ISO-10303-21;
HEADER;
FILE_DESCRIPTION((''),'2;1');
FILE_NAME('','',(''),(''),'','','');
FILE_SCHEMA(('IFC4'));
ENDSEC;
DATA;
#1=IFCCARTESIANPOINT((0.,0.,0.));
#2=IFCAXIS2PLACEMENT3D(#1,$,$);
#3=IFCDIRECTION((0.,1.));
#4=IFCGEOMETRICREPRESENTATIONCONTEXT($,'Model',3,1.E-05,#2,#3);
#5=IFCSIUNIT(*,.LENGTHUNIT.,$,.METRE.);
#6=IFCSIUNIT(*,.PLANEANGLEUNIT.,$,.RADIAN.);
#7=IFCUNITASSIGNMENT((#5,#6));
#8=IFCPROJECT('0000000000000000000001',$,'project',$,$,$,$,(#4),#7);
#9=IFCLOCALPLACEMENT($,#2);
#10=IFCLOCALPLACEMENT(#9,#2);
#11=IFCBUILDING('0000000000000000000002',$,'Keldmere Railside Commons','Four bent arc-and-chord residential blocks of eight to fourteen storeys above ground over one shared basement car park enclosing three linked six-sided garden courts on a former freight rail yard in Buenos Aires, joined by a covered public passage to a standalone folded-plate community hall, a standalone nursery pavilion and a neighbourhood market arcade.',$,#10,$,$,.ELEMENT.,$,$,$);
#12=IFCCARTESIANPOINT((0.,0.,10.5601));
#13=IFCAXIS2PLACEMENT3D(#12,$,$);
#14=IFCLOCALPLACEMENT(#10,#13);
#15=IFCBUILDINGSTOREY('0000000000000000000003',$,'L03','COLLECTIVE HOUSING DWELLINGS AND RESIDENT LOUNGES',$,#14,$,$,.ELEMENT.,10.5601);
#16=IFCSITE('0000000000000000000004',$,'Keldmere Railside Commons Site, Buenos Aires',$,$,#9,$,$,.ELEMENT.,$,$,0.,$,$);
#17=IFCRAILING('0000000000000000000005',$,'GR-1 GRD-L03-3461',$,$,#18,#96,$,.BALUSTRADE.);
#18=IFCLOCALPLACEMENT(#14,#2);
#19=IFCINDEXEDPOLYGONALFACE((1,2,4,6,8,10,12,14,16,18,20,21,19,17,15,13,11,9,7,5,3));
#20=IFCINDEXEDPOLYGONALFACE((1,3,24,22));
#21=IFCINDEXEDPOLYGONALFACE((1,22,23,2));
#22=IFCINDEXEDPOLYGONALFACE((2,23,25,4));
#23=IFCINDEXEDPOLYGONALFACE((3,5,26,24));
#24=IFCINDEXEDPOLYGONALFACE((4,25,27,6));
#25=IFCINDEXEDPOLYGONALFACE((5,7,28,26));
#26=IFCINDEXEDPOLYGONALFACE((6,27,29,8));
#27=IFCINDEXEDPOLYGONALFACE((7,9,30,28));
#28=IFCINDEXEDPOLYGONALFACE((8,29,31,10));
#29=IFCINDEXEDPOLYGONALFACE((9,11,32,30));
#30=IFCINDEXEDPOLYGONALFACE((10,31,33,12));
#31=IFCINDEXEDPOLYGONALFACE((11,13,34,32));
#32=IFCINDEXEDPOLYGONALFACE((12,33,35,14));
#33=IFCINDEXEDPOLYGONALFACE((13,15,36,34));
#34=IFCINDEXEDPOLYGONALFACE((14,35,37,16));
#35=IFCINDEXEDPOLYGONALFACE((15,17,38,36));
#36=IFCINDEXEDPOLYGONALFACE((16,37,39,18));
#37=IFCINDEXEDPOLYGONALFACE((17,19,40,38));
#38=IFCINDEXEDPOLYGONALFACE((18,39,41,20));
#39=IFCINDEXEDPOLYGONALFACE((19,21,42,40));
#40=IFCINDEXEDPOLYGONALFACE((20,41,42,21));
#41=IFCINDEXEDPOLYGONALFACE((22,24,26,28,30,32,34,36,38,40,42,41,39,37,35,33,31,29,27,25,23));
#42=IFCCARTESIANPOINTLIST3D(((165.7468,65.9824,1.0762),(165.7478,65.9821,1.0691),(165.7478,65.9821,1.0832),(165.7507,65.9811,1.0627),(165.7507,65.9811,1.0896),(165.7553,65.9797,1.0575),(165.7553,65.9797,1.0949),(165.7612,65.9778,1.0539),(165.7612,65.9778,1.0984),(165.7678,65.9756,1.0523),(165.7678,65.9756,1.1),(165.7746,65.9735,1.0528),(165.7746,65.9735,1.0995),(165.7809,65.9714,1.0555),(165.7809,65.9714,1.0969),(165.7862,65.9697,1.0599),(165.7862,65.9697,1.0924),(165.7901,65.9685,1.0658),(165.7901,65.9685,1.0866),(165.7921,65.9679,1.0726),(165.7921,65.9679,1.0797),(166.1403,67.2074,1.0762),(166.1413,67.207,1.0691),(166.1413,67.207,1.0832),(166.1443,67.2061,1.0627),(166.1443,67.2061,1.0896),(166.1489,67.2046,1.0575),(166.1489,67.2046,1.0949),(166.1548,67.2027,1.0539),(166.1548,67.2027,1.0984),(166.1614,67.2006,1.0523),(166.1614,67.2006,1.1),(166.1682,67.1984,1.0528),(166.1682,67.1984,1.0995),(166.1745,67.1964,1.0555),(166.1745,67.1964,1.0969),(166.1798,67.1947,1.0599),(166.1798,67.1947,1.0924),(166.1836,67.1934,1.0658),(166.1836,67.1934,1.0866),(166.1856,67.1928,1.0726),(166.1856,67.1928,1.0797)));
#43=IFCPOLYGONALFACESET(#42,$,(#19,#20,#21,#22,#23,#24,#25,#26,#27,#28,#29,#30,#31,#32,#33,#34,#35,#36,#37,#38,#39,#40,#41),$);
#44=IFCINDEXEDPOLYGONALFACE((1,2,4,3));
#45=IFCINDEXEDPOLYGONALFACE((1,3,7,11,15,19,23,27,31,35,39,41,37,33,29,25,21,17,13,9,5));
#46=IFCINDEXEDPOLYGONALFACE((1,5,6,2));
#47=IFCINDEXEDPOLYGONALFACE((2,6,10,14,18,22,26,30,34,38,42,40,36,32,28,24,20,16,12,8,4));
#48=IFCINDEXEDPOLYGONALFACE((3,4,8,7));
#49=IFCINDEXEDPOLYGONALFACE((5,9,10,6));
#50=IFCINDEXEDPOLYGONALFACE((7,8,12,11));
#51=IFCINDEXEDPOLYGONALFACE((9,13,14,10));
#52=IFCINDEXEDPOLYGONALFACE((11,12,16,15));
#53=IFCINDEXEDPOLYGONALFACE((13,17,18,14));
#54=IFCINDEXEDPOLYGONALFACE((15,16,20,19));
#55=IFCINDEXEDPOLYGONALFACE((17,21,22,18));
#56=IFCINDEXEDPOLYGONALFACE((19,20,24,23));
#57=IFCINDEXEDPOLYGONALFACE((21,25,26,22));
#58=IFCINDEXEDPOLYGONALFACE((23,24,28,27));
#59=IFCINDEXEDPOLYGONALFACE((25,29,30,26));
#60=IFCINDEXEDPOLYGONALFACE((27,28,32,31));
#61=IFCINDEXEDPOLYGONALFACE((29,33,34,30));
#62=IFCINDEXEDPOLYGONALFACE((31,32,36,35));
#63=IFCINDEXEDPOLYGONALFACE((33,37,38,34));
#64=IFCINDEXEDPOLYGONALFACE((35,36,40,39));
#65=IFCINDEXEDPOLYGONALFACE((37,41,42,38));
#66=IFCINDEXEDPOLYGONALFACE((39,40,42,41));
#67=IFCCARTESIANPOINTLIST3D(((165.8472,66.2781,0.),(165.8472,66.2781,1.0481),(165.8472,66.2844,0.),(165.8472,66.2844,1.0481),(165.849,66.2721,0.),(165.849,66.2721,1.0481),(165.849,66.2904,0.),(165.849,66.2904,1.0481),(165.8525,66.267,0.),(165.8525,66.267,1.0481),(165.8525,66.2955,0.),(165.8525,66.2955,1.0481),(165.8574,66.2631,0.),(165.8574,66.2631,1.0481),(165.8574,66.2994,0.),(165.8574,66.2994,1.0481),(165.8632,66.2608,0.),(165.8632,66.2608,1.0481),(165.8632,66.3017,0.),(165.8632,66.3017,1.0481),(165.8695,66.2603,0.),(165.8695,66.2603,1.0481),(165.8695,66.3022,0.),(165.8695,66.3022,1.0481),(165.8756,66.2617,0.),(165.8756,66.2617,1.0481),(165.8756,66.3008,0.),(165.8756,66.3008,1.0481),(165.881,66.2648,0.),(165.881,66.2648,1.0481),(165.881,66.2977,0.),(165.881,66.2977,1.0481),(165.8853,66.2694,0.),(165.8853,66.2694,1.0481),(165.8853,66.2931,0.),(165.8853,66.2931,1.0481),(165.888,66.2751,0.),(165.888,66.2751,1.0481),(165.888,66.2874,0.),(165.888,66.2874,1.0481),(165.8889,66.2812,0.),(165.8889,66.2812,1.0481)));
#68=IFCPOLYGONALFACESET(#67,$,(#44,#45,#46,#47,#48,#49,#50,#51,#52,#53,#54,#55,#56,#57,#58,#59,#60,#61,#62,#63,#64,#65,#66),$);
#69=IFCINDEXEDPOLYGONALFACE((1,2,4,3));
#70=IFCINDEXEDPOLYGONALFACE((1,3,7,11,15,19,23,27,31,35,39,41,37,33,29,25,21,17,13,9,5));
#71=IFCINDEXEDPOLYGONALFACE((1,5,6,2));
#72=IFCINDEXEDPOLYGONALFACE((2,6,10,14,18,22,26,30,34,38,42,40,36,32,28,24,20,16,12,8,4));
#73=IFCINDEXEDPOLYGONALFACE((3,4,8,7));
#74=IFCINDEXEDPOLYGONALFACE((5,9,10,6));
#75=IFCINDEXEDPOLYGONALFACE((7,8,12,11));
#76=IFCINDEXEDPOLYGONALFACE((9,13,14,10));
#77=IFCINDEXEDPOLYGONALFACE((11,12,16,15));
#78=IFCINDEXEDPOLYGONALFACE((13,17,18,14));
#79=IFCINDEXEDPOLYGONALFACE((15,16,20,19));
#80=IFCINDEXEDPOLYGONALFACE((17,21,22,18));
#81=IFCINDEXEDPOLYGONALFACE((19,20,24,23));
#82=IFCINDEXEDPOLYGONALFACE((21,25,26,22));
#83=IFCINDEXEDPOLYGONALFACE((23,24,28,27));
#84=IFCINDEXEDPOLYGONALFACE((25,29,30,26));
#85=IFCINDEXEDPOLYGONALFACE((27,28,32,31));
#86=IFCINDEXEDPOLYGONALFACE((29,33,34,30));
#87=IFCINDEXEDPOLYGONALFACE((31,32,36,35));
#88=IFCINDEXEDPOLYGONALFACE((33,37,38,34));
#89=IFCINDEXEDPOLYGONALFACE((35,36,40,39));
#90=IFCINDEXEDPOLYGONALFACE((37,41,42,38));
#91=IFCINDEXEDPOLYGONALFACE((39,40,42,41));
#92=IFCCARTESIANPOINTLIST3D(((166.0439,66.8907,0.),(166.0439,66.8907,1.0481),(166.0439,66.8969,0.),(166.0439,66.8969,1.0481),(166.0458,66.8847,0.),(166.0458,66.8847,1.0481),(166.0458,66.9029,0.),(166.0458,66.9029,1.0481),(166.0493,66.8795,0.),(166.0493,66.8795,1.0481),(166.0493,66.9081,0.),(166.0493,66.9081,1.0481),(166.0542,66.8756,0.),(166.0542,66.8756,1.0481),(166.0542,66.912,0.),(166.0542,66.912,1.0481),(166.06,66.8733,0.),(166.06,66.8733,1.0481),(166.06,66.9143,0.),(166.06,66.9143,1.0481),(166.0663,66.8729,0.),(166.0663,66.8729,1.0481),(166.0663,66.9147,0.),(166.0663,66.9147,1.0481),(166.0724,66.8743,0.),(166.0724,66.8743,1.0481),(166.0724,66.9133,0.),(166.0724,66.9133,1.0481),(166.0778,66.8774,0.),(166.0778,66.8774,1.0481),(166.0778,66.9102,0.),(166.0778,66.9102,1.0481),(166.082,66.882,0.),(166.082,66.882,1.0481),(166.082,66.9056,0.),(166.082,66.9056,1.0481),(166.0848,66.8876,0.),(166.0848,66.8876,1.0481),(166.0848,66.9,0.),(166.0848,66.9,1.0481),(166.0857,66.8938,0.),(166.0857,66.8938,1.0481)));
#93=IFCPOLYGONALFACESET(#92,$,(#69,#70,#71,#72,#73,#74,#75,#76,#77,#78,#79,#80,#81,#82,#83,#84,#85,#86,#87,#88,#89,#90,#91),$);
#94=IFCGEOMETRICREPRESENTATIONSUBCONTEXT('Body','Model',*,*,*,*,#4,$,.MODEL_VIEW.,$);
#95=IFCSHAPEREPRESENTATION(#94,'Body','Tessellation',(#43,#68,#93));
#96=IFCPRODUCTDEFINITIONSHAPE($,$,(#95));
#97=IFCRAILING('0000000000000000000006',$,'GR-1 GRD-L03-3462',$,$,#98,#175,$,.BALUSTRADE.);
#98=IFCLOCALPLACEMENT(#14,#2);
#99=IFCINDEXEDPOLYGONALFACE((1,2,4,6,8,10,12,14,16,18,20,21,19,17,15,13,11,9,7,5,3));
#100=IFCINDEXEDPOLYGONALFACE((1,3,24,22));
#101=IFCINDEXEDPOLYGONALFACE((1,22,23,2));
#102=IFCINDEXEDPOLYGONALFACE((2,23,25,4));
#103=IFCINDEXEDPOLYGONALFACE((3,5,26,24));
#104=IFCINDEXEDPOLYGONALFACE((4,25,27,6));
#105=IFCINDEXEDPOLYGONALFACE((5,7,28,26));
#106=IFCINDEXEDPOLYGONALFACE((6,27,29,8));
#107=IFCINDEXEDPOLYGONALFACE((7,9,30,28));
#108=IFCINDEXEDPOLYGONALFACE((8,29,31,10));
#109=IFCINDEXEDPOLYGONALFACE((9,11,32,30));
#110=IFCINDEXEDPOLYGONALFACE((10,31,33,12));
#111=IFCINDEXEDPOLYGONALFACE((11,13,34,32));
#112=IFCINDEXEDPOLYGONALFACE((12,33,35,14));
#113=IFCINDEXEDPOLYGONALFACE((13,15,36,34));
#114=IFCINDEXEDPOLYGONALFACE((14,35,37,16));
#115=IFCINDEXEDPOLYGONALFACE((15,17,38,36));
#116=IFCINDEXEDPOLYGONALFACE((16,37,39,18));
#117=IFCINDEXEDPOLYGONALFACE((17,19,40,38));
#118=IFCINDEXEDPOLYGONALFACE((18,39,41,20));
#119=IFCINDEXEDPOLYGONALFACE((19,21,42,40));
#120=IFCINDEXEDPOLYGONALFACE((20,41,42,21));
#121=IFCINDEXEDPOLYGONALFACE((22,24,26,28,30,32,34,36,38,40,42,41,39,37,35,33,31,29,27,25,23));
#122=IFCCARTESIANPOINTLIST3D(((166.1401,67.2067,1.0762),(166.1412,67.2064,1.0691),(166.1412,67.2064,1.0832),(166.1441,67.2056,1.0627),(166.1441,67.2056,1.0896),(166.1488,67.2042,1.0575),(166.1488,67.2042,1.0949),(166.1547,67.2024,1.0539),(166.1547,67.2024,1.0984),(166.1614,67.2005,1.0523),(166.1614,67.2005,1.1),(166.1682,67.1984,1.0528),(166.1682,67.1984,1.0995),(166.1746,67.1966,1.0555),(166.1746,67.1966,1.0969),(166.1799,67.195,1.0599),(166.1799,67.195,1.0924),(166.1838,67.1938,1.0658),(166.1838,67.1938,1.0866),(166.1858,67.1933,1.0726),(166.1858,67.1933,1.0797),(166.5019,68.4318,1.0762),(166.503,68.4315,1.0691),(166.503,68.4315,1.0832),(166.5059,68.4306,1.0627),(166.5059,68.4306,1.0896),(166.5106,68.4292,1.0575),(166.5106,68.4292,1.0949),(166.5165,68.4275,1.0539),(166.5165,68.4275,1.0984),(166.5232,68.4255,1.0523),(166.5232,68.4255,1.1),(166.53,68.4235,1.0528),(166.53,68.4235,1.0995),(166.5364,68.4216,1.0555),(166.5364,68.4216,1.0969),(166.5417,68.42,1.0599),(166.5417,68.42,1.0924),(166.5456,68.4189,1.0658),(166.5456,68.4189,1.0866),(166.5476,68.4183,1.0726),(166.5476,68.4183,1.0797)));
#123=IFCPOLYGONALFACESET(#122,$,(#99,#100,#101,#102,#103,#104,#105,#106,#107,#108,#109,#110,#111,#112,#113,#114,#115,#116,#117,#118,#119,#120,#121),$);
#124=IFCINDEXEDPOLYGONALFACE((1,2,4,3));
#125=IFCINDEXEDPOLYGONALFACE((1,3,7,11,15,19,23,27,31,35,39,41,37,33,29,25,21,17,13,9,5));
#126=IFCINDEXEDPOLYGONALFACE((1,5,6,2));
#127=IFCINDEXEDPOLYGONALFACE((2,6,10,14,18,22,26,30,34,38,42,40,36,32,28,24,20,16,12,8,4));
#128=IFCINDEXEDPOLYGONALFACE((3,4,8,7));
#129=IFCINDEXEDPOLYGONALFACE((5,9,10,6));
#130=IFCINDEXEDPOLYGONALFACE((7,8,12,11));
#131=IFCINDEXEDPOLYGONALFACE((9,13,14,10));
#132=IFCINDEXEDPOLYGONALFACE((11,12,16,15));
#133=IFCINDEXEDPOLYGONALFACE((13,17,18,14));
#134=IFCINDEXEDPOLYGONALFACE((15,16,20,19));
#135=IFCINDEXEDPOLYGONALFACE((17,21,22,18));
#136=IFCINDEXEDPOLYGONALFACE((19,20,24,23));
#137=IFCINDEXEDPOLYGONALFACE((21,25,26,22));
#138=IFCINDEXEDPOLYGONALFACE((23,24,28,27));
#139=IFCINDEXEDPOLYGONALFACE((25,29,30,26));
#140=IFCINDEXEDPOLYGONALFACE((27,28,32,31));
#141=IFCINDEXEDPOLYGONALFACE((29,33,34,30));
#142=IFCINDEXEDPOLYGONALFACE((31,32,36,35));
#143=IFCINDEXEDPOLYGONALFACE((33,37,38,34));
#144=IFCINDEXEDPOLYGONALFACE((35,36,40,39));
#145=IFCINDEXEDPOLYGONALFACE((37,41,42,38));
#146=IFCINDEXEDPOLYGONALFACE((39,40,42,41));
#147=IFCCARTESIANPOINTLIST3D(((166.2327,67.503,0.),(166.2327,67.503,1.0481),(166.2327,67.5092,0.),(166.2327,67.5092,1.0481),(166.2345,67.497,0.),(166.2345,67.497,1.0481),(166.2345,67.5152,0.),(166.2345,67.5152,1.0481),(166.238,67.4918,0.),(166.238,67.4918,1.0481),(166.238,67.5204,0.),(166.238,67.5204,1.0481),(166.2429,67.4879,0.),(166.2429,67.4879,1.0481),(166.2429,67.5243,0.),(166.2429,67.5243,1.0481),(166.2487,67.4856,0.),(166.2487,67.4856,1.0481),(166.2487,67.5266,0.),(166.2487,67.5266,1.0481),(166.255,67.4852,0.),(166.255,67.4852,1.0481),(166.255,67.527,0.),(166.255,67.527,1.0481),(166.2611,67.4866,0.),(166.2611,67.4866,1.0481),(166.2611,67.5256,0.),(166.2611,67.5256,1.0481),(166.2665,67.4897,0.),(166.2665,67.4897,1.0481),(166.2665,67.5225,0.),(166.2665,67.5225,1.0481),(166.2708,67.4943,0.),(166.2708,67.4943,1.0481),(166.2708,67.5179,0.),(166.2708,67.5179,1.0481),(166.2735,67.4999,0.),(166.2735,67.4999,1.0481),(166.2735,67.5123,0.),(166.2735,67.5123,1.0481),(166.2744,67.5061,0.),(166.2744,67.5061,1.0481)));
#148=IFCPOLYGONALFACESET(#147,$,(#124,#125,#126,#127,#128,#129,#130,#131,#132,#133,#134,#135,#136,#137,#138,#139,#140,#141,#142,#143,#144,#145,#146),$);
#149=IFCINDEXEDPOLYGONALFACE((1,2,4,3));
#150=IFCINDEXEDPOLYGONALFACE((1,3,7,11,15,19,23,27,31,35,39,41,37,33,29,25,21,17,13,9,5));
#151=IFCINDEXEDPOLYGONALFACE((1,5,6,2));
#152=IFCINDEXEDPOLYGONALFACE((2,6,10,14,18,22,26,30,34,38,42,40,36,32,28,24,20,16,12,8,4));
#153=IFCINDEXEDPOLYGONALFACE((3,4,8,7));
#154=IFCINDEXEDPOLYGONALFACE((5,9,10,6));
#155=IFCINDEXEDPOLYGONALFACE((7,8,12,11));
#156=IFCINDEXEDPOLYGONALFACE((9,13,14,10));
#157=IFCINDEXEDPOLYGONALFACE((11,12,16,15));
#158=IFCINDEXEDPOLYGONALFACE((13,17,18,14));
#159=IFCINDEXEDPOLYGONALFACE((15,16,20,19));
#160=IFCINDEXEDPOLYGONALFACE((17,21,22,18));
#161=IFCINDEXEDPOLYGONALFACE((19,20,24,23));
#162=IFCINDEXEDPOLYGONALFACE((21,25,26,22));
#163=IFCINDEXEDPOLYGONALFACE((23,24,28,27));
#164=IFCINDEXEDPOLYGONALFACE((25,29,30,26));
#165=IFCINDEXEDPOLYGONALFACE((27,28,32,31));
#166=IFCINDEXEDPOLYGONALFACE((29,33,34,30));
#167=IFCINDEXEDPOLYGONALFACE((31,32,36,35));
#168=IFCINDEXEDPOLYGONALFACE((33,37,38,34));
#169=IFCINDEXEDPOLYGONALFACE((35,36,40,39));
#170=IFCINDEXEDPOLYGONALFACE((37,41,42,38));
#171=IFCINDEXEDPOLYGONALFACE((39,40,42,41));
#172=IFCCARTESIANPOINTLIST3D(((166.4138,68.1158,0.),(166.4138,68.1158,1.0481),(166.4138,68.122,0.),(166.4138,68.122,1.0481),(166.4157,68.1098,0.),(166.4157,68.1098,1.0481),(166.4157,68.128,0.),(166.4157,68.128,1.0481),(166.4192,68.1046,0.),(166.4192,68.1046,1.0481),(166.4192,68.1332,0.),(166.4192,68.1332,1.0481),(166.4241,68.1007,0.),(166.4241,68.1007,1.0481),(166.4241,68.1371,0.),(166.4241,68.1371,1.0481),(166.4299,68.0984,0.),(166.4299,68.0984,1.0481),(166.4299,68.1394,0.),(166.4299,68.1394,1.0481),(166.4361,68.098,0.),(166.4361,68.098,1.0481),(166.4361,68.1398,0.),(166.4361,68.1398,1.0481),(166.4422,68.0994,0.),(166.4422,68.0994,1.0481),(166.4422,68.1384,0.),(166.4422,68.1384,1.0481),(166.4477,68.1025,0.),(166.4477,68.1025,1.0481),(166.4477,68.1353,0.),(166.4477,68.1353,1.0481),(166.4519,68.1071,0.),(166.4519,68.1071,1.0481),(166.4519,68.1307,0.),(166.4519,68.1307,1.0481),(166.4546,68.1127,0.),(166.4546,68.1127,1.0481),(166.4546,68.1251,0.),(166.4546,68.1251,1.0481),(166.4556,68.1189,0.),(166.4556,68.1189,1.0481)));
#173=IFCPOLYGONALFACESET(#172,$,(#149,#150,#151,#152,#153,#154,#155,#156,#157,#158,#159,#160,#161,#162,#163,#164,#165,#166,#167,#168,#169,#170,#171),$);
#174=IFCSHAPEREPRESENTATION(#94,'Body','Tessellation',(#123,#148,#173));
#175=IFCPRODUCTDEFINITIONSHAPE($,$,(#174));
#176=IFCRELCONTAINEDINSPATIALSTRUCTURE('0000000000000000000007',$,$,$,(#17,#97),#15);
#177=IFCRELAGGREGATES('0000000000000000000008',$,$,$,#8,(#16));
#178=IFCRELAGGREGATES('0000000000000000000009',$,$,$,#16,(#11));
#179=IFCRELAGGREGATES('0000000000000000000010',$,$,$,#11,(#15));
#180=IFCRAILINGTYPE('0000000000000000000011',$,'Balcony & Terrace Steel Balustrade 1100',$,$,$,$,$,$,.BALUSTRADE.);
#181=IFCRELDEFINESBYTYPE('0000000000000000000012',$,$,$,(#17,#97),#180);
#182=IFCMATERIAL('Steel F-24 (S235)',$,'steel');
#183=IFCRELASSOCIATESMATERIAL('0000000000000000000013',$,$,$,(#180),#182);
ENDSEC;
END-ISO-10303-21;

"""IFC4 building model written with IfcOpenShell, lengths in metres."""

from ifc_helpers import new_model, si_unit, direction, frame, origin, origin_2d, place, context, subcontext, project, spatial, circle, extrude, material, type_object, element, save


model = new_model("IFC4")

# Units and contexts
model_context = context("Model", 3, precision=1e-05, world=origin(), true_north=direction((0.0, 1.0)))
body_context = subcontext(model_context, "Body", "Model", "MODEL_VIEW")
ifc_project = project(units=[si_unit("LENGTHUNIT", "METRE"), si_unit("PLANEANGLEUNIT", "RADIAN")], contexts=[model_context])

# Site, building, storey
site_placement = place(None, origin())
site = spatial("IfcSite", under=ifc_project, at=site_placement, Name="Keldmere Railside Commons Site, Buenos Aires", CompositionType="ELEMENT", RefElevation=0.0)
building_placement = place(site_placement, origin())
building = spatial("IfcBuilding", under=site, at=building_placement, Name="Keldmere Railside Commons", Description="Four bent arc-and-chord residential blocks of eight to fourteen storeys above ground over one shared basement car park enclosing three linked six-sided garden courts on a former freight rail yard in Buenos Aires, joined by a covered public passage to a standalone folded-plate community hall, a standalone nursery pavilion and a neighbourhood market arcade.", CompositionType="ELEMENT")
storey_placement = place(building_placement, frame((0.0, 0.0, 10.5601)))
storey = spatial("IfcBuildingStorey", under=building, at=storey_placement, Name="L03", Description="COLLECTIVE HOUSING DWELLINGS AND RESIDENT LOUNGES", CompositionType="ELEMENT", Elevation=10.5601)

# Shared definitions
ifc_material_1 = material(Name="Steel F-24 (S235)", Category="steel")

# Railings
railing_type = type_object("IfcRailingType", Name="Balcony & Terrace Steel Balustrade 1100", PredefinedType="BALUSTRADE", material=ifc_material_1)
railing_1_placement = place(storey_placement, frame((165.7695, 65.9751, 0.0)))
element("IfcRailing", 1, at=railing_1_placement, inside=storey, type_object=railing_type, Name="GR-1 GRD-L03-3461", PredefinedType="BALUSTRADE", context=body_context, shape_type="SweptSolid", body=[
    extrude(circle(Radius=0.0239, at=origin_2d()), frame((0.0, 0.0, 1.0762), z_axis=(0.305905, 0.952062, 0.0), x_axis=(-0.952062, 0.305905, 0.0)), (0.0, 0.0, 1.0), 1.2866),
    extrude(circle(Radius=0.021, at=origin_2d()), frame((0.0984, 0.3062, 0.0)), (0.0, 0.0, 1.0), 1.0481),
    extrude(circle(Radius=0.021, at=origin_2d()), frame((0.2952, 0.9187, 0.0)), (0.0, 0.0, 1.0), 1.0481),
])
railing_2_placement = place(storey_placement, frame((166.1631, 67.2, 0.0)))
element("IfcRailing", 2, at=railing_2_placement, inside=storey, type_object=railing_type, Name="GR-1 GRD-L03-3462", PredefinedType="BALUSTRADE", context=body_context, shape_type="SweptSolid", body=[
    extrude(circle(Radius=0.0239, at=origin_2d()), frame((0.0, 0.0, 1.0762), z_axis=(0.283242, 0.959048, 0.0), x_axis=(-0.959048, 0.283242, 0.0)), (0.0, 0.0, 1.0), 1.2773),
    extrude(circle(Radius=0.021, at=origin_2d()), frame((0.0903, 0.3062, 0.0)), (0.0, 0.0, 1.0), 1.0481),
    extrude(circle(Radius=0.021, at=origin_2d()), frame((0.2715, 0.9189, 0.0)), (0.0, 0.0, 1.0), 1.0481),
])

save(model, "model.ifc")
